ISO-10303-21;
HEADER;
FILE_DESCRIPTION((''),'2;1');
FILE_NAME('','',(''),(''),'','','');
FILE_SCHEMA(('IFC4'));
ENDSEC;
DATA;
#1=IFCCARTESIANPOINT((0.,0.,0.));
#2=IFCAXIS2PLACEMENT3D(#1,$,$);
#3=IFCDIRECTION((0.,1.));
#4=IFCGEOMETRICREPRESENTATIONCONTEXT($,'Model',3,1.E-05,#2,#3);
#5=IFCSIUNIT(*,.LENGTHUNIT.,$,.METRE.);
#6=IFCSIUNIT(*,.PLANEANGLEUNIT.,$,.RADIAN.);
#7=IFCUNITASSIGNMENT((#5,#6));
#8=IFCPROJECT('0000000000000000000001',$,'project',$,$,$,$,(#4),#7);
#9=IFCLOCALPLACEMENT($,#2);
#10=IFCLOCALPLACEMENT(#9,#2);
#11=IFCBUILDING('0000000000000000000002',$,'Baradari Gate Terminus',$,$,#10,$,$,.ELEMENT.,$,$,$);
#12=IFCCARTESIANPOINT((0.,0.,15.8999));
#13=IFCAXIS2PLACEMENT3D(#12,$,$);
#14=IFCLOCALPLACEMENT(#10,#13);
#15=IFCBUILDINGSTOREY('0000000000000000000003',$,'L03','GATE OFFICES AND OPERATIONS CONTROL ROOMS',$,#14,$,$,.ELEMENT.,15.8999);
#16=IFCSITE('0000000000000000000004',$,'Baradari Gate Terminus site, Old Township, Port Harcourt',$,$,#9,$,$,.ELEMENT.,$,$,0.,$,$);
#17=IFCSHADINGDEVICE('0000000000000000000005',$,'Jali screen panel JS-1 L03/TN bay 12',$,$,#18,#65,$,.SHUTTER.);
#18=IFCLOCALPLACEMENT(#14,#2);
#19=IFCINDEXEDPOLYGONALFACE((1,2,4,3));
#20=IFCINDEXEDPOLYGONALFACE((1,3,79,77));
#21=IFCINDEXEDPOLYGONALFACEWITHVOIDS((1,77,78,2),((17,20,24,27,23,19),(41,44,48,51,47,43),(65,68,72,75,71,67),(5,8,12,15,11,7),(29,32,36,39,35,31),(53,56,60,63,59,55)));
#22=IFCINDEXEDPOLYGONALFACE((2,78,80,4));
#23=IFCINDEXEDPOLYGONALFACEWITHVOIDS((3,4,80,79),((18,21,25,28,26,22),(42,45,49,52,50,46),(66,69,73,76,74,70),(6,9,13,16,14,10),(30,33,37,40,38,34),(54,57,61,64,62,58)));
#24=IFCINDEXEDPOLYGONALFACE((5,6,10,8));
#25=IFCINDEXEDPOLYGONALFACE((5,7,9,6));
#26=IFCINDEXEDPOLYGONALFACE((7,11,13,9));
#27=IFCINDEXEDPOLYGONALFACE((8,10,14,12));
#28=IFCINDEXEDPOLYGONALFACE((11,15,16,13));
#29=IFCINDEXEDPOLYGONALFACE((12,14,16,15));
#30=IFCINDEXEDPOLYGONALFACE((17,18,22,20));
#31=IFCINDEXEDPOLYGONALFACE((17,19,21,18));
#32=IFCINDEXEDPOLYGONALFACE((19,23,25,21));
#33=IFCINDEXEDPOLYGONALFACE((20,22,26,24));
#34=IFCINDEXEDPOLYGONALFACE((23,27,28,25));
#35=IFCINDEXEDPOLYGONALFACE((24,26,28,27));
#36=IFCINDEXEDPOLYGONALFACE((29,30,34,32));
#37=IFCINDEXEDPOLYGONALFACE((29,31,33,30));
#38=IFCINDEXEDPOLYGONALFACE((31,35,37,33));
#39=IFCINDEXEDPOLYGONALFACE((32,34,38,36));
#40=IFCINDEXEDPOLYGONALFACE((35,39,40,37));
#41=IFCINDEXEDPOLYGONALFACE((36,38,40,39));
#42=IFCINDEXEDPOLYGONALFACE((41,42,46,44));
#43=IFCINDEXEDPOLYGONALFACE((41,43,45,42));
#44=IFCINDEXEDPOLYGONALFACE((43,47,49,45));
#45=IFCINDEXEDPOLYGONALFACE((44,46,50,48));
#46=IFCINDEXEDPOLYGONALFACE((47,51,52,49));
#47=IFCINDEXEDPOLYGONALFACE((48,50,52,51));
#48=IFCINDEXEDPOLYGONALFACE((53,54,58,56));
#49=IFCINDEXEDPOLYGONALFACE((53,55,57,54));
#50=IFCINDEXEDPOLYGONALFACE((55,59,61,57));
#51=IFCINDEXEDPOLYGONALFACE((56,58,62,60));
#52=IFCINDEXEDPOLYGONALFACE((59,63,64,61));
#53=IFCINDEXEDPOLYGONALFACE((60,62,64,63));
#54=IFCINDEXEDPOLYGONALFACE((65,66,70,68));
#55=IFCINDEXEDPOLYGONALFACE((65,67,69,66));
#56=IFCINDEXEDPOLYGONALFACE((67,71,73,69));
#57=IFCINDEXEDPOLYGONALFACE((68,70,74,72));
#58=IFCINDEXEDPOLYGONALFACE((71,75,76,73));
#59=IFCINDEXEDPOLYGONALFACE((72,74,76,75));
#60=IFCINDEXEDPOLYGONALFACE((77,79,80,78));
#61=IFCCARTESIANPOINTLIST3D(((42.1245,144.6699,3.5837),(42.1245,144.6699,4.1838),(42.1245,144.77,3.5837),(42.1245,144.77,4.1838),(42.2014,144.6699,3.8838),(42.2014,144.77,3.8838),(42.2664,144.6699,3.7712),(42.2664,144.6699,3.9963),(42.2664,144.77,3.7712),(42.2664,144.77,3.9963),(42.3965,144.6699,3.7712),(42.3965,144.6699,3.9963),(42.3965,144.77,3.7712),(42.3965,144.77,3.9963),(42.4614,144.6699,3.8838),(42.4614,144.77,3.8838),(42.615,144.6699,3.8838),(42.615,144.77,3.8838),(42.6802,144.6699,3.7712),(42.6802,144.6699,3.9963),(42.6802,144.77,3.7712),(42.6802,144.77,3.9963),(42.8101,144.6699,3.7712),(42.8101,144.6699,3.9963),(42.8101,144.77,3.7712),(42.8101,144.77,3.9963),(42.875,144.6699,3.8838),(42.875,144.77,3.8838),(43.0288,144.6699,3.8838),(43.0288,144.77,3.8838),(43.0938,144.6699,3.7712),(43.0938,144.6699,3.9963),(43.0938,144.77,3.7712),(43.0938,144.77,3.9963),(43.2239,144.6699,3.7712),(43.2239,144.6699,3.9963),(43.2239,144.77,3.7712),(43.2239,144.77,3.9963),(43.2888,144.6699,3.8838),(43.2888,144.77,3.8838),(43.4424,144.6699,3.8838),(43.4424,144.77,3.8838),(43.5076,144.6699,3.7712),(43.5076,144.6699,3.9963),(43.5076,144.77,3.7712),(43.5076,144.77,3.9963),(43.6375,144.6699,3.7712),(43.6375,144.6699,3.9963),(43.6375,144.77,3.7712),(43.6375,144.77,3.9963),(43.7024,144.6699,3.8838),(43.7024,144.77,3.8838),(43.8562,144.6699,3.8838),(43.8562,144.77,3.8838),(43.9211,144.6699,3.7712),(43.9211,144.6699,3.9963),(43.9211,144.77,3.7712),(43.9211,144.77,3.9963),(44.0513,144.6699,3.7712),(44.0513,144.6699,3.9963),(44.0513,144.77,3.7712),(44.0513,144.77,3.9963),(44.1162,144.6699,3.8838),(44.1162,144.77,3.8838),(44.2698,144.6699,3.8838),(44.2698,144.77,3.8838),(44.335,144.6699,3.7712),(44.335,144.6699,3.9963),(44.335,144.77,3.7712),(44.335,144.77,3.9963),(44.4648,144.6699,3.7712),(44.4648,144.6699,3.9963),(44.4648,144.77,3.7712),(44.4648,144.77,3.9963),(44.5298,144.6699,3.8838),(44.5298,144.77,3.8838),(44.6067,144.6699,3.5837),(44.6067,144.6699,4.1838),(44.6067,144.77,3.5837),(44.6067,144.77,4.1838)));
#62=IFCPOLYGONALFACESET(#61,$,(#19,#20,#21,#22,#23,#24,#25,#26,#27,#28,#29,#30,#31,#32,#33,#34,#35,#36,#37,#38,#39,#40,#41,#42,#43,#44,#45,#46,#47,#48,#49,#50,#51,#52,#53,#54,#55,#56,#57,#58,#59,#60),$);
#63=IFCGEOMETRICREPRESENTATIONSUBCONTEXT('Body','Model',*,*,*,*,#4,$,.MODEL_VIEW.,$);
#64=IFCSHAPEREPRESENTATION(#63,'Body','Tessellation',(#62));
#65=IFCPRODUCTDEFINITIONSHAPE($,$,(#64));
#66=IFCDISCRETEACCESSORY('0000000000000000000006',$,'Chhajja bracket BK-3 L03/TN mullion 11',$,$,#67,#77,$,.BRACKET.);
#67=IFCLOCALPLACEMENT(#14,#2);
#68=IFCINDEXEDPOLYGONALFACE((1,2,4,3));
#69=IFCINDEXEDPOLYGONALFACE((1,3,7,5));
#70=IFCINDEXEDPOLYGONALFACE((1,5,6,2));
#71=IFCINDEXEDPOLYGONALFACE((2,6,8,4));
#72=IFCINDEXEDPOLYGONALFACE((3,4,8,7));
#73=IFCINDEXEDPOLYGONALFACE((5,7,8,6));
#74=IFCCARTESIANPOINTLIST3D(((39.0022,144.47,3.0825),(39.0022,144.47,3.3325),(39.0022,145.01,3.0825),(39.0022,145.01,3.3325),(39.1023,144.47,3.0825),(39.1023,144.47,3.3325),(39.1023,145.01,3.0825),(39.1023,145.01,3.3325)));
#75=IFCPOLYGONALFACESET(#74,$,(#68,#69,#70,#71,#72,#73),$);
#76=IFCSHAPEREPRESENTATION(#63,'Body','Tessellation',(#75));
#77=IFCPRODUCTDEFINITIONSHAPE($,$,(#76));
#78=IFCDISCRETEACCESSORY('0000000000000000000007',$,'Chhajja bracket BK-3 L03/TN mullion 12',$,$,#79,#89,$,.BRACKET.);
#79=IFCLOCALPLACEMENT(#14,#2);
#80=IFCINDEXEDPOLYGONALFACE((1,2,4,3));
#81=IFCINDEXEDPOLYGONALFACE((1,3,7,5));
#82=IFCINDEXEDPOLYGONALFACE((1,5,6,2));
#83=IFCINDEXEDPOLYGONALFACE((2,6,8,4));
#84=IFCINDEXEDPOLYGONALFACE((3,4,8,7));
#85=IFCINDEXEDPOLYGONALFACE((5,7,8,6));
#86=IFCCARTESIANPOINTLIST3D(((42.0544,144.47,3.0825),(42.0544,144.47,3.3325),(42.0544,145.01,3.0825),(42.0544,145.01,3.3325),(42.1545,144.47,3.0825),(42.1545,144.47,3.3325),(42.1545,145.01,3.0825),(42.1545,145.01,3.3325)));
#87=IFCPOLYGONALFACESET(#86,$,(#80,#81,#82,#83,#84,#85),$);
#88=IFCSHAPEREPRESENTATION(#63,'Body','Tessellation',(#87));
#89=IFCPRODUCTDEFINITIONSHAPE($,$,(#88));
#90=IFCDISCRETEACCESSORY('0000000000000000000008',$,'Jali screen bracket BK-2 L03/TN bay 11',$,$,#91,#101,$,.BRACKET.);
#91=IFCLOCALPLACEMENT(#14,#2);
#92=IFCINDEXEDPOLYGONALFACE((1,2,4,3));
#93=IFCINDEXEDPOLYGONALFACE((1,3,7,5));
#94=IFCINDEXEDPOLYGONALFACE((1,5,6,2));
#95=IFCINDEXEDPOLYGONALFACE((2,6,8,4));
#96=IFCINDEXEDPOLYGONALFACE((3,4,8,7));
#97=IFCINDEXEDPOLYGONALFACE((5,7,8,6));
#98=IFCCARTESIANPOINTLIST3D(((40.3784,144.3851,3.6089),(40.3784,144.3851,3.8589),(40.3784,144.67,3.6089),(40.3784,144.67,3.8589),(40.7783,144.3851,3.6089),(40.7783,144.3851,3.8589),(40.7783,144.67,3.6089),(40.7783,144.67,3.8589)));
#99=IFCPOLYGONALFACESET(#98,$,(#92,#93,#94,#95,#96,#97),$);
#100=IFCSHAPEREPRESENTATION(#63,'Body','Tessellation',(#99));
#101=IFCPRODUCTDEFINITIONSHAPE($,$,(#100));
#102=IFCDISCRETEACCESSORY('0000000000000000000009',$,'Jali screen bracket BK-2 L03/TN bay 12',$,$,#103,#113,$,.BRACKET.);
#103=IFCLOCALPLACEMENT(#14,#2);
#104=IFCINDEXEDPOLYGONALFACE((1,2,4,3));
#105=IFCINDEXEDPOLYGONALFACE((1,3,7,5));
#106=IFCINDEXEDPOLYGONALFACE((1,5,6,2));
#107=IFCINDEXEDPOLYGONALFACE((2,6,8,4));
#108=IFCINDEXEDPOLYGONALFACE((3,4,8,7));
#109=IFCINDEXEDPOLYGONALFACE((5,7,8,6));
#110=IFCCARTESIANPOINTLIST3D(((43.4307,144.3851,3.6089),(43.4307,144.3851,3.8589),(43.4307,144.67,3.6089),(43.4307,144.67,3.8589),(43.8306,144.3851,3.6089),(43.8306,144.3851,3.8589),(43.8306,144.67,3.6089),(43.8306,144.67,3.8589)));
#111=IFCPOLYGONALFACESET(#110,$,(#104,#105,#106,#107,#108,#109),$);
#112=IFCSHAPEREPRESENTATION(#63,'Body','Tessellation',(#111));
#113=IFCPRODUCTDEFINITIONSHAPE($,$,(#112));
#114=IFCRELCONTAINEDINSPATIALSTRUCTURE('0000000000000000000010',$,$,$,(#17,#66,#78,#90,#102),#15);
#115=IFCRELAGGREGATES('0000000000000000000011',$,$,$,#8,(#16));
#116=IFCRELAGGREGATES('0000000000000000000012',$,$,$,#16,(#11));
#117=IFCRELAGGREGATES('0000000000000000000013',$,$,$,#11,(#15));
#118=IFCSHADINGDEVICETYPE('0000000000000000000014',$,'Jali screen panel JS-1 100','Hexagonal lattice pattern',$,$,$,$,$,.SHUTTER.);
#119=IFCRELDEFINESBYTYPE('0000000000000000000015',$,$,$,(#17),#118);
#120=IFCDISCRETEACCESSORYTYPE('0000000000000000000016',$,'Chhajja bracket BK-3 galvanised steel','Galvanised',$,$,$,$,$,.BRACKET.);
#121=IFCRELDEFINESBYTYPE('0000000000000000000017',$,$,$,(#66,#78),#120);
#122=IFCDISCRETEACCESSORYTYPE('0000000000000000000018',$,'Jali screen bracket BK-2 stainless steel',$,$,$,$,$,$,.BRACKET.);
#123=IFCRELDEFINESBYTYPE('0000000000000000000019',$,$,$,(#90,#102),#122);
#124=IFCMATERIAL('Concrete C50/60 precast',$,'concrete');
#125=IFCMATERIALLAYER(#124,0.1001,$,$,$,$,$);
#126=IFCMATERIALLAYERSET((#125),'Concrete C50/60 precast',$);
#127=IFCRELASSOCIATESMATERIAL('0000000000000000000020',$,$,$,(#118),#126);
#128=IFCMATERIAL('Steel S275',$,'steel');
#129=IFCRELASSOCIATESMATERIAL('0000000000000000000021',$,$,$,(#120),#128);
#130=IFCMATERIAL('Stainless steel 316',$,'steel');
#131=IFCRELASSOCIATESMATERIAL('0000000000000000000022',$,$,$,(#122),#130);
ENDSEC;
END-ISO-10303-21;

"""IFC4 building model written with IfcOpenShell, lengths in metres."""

from ifc_helpers import new_model, si_unit, direction, frame, origin, origin_2d, place, context, subcontext, project, spatial, polyline, rectangle, outline, extrude, material, layer, layer_set, type_object, element, save


model = new_model("IFC4")

# Units and contexts
model_context = context("Model", 3, precision=1e-05, world=origin(), true_north=direction((0.0, 1.0)))
body_context = subcontext(model_context, "Body", "Model", "MODEL_VIEW")
ifc_project = project(units=[si_unit("LENGTHUNIT", "METRE"), si_unit("PLANEANGLEUNIT", "RADIAN")], contexts=[model_context])

# Site, building, storey
site_placement = place(None, origin())
site = spatial("IfcSite", under=ifc_project, at=site_placement, Name="Baradari Gate Terminus site, Old Township, Port Harcourt", CompositionType="ELEMENT", RefElevation=0.0)
building_placement = place(site_placement, origin())
building = spatial("IfcBuilding", under=site, at=building_placement, Name="Baradari Gate Terminus", CompositionType="ELEMENT")
storey_placement = place(building_placement, frame((0.0, 0.0, 15.8999)))
storey = spatial("IfcBuildingStorey", under=building, at=storey_placement, Name="L03", Description="GATE OFFICES AND OPERATIONS CONTROL ROOMS", CompositionType="ELEMENT", Elevation=15.8999)

# Shading device
ifc_material_1 = material(Name="Concrete C50/60 precast", Category="concrete")
ifc_layer_1 = layer(ifc_material_1, 0.1001)
ifc_layer_set_1 = layer_set([ifc_layer_1], Name="Concrete C50/60 precast")
shading_device_type_1 = type_object("IfcShadingDeviceType", Name="Jali screen panel JS-1 100", Description="Hexagonal lattice pattern", PredefinedType="SHUTTER", material=ifc_layer_set_1)
shading_device_1_placement = place(storey_placement, frame((42.1245, 144.72, 3.5837), z_axis=(0.0, 0.0, 1.0), x_axis=(1.0, 0.0, 0.0)))
element("IfcShadingDevice", 1, at=shading_device_1_placement, inside=storey, type_object=shading_device_type_1, Name="Jali screen panel JS-1 L03/TN bay 12", PredefinedType="SHUTTER", context=body_context, shape_type="SweptSolid", body=[
    extrude(outline(polyline([(0.0, 0.0), (2.4822, 0.0), (2.4822, 0.6001), (0.0, 0.6001), (0.0, 0.0)]), holes=[polyline([(0.3369, 0.3), (0.272, 0.1875), (0.1418, 0.1875), (0.0769, 0.3), (0.1418, 0.4126), (0.272, 0.4126), (0.3369, 0.3)]), polyline([(0.7505, 0.3), (0.6855, 0.1875), (0.5557, 0.1875), (0.4905, 0.3), (0.5557, 0.4126), (0.6855, 0.4126), (0.7505, 0.3)]), polyline([(1.1643, 0.3), (1.0994, 0.1875), (0.9692, 0.1875), (0.9043, 0.3), (0.9692, 0.4126), (1.0994, 0.4126), (1.1643, 0.3)]), polyline([(1.5779, 0.3), (1.5129, 0.1875), (1.3831, 0.1875), (1.3179, 0.3), (1.3831, 0.4126), (1.5129, 0.4126), (1.5779, 0.3)]), polyline([(1.9917, 0.3), (1.9268, 0.1875), (1.7966, 0.1875), (1.7317, 0.3), (1.7966, 0.4126), (1.9268, 0.4126), (1.9917, 0.3)]), polyline([(2.4053, 0.3), (2.3403, 0.1875), (2.2104, 0.1875), (2.1453, 0.3), (2.2104, 0.4126), (2.3403, 0.4126), (2.4053, 0.3)])]), frame((0.0, 0.05, 0.0), z_axis=(0.0, -1.0, 0.0), x_axis=(1.0, 0.0, 0.0)), (0.0, 0.0, 1.0), 0.1001),
])

# Discrete accessories
ifc_material_2 = material(Name="Steel S275", Category="steel")
discrete_accessory_type_1 = type_object("IfcDiscreteAccessoryType", Name="Chhajja bracket BK-3 galvanised steel", Description="Galvanised", PredefinedType="BRACKET", material=ifc_material_2)
for number, where, z_axis, x_axis, name in (
    (2, (39.0522, 144.74, 3.0825), (0.0, 0.0, 1.0), (0.0, 1.0, 0.0), "Chhajja bracket BK-3 L03/TN mullion 11"),
    (3, (42.1045, 144.74, 3.0825), (0.0, 0.0, 1.0), (0.0, 1.0, 0.0), "Chhajja bracket BK-3 L03/TN mullion 12"),
):
    element("IfcDiscreteAccessory", number, at=place(storey_placement, frame(where, z_axis=z_axis, x_axis=x_axis)), inside=storey, type_object=discrete_accessory_type_1, Name=name, PredefinedType="BRACKET", context=body_context, shape_type="SweptSolid", body=[
        extrude(rectangle(XDim=0.54, YDim=0.1001, at=origin_2d()), origin(), (0.0, 0.0, 1.0), 0.25),
    ])
ifc_material_3 = material(Name="Stainless steel 316", Category="steel")
discrete_accessory_type_2 = type_object("IfcDiscreteAccessoryType", Name="Jali screen bracket BK-2 stainless steel", PredefinedType="BRACKET", material=ifc_material_3)
for number, where, z_axis, x_axis, name in (
    (4, (40.5784, 144.5276, 3.6089), (0.0, 0.0, 1.0), (0.0, 1.0, 0.0), "Jali screen bracket BK-2 L03/TN bay 11"),
    (5, (43.6306, 144.5276, 3.6089), (0.0, 0.0, 1.0), (0.0, 1.0, 0.0), "Jali screen bracket BK-2 L03/TN bay 12"),
):
    element("IfcDiscreteAccessory", number, at=place(storey_placement, frame(where, z_axis=z_axis, x_axis=x_axis)), inside=storey, type_object=discrete_accessory_type_2, Name=name, PredefinedType="BRACKET", context=body_context, shape_type="SweptSolid", body=[
        extrude(rectangle(XDim=0.2849, YDim=0.3999, at=origin_2d()), origin(), (0.0, 0.0, 1.0), 0.25),
    ])

save(model, "model.ifc")
